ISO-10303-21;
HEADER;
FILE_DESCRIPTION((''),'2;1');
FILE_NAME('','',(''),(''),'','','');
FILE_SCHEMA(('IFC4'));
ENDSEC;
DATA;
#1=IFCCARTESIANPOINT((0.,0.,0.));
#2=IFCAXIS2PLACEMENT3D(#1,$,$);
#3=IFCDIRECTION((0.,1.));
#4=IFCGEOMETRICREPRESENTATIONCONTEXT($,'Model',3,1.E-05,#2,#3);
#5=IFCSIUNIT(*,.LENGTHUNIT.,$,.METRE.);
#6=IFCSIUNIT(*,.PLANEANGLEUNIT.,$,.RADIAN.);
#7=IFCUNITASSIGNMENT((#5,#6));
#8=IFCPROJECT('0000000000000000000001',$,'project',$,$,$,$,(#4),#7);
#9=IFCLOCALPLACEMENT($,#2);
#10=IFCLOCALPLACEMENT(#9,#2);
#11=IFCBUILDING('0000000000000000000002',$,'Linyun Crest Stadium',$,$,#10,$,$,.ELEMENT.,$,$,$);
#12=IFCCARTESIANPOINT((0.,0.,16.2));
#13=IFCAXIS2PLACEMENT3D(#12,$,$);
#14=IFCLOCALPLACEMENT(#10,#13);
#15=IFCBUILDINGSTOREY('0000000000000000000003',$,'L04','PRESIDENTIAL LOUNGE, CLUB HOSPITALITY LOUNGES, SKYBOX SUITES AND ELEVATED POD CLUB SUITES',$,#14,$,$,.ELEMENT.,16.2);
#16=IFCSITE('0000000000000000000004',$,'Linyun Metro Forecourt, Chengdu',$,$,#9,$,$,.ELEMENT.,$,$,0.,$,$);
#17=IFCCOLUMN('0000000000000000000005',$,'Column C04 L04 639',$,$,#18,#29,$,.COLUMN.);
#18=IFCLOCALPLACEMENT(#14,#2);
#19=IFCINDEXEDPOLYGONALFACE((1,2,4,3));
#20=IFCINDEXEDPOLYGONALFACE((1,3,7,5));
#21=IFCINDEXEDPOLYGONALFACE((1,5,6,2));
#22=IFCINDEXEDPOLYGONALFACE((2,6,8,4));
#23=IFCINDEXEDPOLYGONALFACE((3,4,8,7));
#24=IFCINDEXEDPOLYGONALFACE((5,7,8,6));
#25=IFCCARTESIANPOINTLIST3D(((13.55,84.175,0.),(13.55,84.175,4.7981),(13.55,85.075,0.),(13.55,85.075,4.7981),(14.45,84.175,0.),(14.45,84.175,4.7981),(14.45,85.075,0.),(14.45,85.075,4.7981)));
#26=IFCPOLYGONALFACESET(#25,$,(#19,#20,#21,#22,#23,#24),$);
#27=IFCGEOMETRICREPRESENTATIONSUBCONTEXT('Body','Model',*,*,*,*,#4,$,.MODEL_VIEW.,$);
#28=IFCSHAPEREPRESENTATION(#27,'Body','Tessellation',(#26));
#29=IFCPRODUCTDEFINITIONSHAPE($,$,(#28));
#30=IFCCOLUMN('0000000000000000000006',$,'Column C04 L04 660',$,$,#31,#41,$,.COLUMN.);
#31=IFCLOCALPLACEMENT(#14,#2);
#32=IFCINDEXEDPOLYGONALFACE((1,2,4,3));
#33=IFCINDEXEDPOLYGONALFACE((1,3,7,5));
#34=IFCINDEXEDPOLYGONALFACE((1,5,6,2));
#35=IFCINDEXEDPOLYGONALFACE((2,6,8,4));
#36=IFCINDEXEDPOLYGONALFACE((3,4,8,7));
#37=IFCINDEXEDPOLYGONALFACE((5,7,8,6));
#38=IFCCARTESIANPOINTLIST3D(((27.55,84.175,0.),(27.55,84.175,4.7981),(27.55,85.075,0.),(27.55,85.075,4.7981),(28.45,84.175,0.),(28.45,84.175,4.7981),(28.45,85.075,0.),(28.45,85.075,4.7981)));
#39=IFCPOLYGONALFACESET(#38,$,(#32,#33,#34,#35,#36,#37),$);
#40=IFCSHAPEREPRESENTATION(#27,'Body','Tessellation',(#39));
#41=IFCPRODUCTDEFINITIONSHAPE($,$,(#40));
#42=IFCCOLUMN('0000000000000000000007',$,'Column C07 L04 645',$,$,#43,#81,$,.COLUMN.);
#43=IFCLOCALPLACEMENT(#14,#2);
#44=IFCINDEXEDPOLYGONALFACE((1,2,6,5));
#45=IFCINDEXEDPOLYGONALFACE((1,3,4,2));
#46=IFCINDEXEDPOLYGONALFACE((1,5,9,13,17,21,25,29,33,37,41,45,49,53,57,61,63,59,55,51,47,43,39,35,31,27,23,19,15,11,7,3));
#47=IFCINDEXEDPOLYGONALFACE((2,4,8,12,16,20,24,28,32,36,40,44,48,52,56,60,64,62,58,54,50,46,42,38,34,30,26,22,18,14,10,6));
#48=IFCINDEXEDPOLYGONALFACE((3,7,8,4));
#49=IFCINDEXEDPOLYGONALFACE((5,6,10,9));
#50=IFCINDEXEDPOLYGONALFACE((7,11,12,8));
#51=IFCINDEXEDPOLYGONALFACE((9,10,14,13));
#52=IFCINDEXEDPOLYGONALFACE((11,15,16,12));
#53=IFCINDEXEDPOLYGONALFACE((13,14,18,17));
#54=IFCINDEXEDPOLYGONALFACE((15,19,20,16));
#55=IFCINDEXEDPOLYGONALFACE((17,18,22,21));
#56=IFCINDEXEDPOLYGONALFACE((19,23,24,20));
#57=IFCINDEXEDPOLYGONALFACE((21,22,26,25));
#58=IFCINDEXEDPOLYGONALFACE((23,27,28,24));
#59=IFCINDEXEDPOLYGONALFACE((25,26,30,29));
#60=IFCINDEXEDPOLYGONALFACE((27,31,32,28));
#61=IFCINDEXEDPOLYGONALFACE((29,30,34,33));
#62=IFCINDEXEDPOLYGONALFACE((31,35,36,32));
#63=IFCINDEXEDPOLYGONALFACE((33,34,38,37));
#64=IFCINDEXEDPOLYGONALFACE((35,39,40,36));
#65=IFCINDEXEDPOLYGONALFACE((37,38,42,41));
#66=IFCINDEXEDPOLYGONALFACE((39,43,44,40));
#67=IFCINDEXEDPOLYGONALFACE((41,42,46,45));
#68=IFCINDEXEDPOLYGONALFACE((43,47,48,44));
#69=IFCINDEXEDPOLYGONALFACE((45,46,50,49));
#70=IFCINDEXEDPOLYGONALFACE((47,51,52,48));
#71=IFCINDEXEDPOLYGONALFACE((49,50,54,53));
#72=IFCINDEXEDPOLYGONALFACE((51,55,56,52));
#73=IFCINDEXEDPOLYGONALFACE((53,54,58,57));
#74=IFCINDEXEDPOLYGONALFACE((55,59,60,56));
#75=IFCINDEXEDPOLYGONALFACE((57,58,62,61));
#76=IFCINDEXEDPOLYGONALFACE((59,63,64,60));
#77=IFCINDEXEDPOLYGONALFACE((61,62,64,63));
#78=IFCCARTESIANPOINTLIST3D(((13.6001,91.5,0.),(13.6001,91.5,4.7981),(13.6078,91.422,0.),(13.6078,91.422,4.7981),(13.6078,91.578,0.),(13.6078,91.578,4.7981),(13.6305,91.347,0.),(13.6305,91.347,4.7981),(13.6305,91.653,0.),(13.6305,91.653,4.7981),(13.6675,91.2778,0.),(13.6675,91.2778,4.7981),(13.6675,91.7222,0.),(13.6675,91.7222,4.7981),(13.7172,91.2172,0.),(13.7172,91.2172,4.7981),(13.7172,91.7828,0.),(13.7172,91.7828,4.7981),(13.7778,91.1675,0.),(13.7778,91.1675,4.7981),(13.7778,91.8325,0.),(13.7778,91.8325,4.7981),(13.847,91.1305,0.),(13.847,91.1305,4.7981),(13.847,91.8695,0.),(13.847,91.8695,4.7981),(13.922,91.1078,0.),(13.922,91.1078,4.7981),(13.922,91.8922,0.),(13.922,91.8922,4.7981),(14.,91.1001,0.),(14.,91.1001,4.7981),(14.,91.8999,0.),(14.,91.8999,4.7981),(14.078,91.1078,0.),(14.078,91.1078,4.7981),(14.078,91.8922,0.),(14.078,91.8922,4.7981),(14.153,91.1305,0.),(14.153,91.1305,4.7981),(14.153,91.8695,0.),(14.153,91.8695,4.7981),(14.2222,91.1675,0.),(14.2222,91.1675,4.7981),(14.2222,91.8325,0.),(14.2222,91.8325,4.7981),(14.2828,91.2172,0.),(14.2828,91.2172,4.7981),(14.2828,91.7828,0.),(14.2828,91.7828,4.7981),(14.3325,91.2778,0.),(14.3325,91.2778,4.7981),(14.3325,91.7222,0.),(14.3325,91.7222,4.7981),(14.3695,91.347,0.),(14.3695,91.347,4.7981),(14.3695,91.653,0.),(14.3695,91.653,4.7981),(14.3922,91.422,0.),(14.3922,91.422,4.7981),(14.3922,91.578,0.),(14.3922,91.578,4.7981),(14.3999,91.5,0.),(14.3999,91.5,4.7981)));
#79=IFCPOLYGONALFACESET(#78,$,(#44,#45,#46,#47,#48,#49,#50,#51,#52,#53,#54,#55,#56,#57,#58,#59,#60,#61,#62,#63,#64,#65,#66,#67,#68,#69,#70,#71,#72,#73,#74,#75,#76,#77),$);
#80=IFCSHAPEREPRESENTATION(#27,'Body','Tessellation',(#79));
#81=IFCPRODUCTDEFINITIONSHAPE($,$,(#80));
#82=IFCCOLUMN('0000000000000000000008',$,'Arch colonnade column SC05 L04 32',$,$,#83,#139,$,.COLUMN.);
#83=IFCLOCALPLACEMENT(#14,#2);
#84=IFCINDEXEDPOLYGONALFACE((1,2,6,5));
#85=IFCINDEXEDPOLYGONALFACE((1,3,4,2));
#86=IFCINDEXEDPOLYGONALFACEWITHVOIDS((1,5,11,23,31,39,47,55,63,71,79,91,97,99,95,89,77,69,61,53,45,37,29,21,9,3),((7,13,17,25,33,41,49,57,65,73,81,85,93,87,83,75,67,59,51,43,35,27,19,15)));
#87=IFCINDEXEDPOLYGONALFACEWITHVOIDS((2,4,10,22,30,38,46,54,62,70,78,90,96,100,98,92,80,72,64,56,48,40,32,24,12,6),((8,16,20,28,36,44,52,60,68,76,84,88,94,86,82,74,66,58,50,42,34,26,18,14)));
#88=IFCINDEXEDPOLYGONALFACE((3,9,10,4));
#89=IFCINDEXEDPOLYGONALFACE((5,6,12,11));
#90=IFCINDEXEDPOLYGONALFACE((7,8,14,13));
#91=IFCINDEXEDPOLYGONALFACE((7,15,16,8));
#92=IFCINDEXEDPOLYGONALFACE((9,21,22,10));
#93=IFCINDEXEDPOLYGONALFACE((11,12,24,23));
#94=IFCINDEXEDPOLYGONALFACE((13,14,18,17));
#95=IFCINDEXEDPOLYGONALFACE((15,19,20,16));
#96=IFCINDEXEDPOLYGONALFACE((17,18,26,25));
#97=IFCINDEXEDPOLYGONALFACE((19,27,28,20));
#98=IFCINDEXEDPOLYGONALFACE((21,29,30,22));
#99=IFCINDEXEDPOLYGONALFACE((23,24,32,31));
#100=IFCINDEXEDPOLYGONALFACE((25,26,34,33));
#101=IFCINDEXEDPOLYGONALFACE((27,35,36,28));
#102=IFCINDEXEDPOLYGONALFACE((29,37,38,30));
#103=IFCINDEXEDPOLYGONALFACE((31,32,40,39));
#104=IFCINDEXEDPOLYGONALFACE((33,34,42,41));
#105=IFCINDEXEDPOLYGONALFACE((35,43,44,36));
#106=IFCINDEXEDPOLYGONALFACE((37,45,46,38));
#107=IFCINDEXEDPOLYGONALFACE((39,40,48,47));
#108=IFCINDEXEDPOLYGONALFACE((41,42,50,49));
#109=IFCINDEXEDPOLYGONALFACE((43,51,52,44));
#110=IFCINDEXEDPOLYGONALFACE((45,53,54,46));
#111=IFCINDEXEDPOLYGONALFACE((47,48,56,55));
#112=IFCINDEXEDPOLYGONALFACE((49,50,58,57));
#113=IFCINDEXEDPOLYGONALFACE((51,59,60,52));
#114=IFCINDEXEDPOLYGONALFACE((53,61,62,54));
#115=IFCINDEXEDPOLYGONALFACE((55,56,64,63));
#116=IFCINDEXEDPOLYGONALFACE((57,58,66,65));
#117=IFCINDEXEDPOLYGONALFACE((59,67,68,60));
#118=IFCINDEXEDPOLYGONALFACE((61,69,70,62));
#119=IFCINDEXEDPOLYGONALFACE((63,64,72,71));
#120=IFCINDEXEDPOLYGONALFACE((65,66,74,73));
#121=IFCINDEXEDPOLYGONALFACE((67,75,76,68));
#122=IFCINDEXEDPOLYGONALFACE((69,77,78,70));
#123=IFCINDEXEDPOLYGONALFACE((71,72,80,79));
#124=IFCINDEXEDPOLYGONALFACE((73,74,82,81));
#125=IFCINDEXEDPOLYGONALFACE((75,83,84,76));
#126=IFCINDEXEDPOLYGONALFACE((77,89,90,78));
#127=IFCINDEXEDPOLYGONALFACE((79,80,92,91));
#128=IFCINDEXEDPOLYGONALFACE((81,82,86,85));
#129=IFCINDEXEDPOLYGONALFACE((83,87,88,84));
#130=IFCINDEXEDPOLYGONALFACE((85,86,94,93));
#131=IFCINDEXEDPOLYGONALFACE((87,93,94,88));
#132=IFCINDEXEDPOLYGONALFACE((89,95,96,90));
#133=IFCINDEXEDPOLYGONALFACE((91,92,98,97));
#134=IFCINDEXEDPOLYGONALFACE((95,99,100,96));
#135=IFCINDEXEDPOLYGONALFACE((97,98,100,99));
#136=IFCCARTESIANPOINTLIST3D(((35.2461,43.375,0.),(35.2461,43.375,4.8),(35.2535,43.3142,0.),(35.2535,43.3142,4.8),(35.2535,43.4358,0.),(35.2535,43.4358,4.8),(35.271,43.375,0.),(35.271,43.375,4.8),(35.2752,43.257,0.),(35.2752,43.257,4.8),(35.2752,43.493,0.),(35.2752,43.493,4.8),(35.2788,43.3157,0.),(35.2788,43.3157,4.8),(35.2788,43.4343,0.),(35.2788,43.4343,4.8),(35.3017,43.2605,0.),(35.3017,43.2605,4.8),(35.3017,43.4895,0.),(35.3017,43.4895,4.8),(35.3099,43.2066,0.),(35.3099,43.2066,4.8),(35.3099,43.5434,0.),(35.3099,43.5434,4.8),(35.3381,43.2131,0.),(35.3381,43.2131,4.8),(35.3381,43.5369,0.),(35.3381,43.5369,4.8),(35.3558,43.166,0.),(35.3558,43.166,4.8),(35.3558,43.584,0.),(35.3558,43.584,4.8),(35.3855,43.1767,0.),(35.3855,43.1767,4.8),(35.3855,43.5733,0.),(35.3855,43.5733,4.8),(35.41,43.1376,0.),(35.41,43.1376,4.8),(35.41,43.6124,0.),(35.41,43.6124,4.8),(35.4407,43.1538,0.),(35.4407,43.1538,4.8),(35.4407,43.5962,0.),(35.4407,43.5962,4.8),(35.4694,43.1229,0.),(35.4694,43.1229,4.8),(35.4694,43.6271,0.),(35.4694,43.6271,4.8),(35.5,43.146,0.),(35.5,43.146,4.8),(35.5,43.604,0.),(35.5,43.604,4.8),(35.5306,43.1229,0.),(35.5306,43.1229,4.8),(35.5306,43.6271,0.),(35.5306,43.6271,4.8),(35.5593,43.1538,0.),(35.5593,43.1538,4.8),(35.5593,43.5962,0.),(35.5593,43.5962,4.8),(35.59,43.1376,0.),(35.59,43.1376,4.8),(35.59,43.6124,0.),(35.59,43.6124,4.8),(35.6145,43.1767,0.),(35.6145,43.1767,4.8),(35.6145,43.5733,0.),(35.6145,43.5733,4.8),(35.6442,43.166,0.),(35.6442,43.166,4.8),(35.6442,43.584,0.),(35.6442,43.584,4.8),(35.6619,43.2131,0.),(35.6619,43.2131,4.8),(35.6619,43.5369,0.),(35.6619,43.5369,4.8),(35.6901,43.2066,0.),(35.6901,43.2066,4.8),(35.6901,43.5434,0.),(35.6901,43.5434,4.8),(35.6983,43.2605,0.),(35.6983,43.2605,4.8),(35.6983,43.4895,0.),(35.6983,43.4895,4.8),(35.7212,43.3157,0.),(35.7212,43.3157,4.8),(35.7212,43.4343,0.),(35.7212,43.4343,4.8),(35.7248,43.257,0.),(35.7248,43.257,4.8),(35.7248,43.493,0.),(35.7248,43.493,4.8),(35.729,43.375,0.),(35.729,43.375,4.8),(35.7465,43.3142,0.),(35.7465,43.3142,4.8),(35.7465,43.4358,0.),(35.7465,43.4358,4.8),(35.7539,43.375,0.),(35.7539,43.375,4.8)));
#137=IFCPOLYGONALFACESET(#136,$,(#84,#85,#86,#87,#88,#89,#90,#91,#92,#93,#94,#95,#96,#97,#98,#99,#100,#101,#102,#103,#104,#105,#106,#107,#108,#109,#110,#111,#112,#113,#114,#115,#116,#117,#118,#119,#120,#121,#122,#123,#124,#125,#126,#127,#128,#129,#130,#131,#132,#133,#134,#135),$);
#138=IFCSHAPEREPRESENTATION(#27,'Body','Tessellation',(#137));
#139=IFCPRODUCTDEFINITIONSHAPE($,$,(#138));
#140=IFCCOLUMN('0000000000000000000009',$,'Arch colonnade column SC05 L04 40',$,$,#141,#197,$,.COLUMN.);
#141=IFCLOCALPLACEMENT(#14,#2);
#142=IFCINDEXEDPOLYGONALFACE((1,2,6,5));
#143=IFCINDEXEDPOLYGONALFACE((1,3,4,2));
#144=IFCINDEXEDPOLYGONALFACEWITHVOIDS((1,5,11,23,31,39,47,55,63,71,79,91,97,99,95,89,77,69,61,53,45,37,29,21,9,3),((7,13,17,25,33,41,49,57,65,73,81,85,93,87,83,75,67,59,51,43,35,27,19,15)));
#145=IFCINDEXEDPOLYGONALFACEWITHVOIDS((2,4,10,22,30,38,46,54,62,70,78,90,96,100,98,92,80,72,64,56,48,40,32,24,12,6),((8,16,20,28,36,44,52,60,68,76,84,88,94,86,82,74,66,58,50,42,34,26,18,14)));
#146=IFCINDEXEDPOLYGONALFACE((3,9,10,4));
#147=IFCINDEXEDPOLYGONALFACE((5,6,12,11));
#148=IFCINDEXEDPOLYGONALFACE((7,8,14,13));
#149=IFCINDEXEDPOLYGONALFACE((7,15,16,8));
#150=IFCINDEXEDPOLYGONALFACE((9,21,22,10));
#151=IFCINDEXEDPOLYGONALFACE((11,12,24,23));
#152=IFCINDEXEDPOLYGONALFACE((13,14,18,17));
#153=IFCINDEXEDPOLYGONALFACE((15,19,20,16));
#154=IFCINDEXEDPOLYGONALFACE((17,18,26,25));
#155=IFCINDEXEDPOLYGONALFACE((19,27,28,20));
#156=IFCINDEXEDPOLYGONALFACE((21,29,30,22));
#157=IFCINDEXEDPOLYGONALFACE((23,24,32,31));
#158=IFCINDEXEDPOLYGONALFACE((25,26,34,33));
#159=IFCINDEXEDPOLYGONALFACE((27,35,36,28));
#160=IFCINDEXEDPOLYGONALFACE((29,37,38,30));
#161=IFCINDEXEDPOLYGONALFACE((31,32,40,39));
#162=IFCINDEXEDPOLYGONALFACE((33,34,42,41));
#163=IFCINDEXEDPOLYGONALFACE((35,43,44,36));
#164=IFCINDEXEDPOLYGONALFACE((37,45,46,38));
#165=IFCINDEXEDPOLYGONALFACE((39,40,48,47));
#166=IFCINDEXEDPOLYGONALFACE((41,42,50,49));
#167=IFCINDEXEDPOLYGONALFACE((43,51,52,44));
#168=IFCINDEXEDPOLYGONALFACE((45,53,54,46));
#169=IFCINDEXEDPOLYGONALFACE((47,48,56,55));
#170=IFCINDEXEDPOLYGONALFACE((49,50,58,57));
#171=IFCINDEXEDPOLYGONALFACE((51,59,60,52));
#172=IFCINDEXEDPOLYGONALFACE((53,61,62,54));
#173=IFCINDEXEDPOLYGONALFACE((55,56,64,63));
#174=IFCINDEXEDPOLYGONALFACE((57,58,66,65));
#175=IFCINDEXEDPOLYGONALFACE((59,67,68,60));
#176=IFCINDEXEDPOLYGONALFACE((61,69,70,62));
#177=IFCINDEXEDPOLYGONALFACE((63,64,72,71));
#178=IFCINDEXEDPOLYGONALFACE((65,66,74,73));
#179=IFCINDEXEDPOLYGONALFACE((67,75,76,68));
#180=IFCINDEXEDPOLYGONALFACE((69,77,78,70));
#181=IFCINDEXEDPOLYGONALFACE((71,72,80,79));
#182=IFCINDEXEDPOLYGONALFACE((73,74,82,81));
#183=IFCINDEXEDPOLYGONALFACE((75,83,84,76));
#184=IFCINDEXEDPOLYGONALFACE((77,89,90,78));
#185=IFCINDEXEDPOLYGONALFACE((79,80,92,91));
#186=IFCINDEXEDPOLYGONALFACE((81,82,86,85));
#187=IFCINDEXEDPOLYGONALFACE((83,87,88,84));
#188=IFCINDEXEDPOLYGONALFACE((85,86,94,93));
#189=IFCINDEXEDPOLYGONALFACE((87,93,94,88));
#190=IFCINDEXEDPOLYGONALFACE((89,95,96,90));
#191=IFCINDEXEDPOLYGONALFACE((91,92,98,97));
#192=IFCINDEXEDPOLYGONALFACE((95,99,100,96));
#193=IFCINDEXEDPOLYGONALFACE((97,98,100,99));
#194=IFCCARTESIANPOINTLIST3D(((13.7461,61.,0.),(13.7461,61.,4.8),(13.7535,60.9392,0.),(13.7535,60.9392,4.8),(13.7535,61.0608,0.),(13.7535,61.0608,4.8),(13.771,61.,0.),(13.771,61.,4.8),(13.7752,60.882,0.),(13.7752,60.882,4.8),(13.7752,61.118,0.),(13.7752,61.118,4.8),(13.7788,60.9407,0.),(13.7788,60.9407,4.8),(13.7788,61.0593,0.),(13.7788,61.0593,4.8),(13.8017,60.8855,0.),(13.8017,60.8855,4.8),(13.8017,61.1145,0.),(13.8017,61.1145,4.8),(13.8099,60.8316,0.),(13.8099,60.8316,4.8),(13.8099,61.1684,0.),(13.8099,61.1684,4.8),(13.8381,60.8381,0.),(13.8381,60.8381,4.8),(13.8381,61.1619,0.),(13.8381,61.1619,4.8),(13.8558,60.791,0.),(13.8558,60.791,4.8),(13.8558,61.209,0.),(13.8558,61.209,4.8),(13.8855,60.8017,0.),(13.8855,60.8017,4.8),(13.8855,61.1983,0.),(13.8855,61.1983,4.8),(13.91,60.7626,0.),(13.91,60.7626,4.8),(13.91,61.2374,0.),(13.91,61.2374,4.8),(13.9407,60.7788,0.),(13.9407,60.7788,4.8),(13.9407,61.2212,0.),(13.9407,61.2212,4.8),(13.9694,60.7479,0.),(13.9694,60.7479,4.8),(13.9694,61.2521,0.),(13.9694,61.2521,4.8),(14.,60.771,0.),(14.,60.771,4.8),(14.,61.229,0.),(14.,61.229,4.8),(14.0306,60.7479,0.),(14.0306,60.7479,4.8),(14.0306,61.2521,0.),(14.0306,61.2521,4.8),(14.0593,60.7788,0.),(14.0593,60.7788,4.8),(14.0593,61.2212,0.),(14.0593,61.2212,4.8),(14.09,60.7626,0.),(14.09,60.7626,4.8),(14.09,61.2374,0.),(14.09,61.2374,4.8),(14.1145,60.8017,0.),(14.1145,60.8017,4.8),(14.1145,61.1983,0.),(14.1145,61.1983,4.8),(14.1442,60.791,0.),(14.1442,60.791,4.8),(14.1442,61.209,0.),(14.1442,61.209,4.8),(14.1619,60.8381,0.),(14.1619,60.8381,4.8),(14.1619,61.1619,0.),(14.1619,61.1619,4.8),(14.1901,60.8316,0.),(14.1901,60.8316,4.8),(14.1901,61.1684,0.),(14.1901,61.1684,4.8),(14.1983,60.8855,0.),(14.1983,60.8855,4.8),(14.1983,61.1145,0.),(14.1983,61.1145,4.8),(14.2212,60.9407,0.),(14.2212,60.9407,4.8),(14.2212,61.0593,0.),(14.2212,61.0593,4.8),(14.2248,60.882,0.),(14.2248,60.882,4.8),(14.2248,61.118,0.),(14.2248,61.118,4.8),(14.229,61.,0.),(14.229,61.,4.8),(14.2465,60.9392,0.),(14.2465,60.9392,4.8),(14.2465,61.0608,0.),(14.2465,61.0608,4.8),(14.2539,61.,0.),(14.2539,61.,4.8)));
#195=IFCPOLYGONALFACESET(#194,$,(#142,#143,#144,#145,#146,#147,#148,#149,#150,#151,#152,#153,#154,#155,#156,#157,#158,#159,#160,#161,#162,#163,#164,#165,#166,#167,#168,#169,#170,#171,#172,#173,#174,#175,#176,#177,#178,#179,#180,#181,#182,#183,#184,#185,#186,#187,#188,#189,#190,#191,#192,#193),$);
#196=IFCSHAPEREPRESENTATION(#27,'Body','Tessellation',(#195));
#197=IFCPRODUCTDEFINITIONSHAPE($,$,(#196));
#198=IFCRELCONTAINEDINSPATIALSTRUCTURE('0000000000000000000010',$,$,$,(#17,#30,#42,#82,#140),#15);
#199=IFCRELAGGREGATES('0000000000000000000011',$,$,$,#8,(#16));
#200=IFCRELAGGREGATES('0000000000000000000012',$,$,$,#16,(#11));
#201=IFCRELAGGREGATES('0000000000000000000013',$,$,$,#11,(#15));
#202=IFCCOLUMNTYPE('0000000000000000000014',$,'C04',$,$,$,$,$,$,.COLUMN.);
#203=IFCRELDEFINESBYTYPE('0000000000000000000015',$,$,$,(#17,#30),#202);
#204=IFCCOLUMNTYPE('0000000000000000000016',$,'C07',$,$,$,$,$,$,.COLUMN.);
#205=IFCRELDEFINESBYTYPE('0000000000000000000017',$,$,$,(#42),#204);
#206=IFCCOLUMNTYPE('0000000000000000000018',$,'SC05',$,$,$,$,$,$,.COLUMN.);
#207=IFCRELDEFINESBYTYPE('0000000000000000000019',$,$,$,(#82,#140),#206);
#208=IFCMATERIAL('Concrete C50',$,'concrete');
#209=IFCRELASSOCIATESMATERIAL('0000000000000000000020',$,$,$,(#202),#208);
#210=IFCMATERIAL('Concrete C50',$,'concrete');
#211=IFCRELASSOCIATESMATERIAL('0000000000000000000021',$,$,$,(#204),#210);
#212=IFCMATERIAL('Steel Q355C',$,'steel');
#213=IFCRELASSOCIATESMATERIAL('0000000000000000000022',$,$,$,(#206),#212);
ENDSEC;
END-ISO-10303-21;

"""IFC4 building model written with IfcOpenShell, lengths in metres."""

from ifc_helpers import new_model, si_unit, direction, frame, origin, origin_2d, place, context, subcontext, project, spatial, rectangle, circle, hollow_circle, extrude, material, material_profile, profile_set, type_object, element, save


model = new_model("IFC4")

# Units and contexts
model_context = context("Model", 3, precision=1e-05, world=origin(), true_north=direction((0.0, 1.0)))
body_context = subcontext(model_context, "Body", "Model", "MODEL_VIEW")
ifc_project = project(units=[si_unit("LENGTHUNIT", "METRE"), si_unit("PLANEANGLEUNIT", "RADIAN")], contexts=[model_context])

# Site, building, storey
site_placement = place(None, origin())
site = spatial("IfcSite", under=ifc_project, at=site_placement, Name="Linyun Metro Forecourt, Chengdu", CompositionType="ELEMENT", RefElevation=0.0)
building_placement = place(site_placement, origin())
building = spatial("IfcBuilding", under=site, at=building_placement, Name="Linyun Crest Stadium", CompositionType="ELEMENT")
storey_placement = place(building_placement, frame((0.0, 0.0, 16.2)))
storey = spatial("IfcBuildingStorey", under=building, at=storey_placement, Name="L04", Description="PRESIDENTIAL LOUNGE, CLUB HOSPITALITY LOUNGES, SKYBOX SUITES AND ELEVATED POD CLUB SUITES", CompositionType="ELEMENT", Elevation=16.2)

# Columns
ifc_material_1 = material(Name="Concrete C50", Category="concrete")
ifc_material_profile_1 = material_profile(ifc_material_1, rectangle(XDim=0.8999, YDim=0.8999, at=origin_2d()), Name="RC 900x900")
ifc_profile_set_1 = profile_set([ifc_material_profile_1], Name="Concrete C50")
column_type_1 = type_object("IfcColumnType", Name="C04", PredefinedType="COLUMN", material=ifc_profile_set_1)
for number, where, z_axis, x_axis, name in (
    (1, (14.0, 84.625, 0.0), (0.0, 0.0, 1.0), (1.0, 0.0, 0.0), "Column C04 L04 639"),
    (2, (28.0, 84.625, 0.0), (0.0, 0.0, 1.0), (1.0, 0.0, 0.0), "Column C04 L04 660"),
):
    element("IfcColumn", number, at=place(storey_placement, frame(where, z_axis=z_axis, x_axis=x_axis)), inside=storey, type_object=column_type_1, Name=name, PredefinedType="COLUMN", context=body_context, shape_type="SweptSolid", body=[
        extrude(rectangle(XDim=0.8999, YDim=0.8999, at=origin_2d()), origin(), (0.0, 0.0, 1.0), 4.7981),
    ])
ifc_material_2 = material(Name="Concrete C50", Category="concrete")
ifc_material_profile_2 = material_profile(ifc_material_2, circle(Radius=0.3999, at=origin_2d()), Name="RC D800")
ifc_profile_set_2 = profile_set([ifc_material_profile_2], Name="Concrete C50")
column_type_2 = type_object("IfcColumnType", Name="C07", PredefinedType="COLUMN", material=ifc_profile_set_2)
column_placement = place(storey_placement, frame((14.0, 91.5, 0.0), z_axis=(0.0, 0.0, 1.0), x_axis=(1.0, 0.0, 0.0)))
element("IfcColumn", 3, at=column_placement, inside=storey, type_object=column_type_2, Name="Column C07 L04 645", PredefinedType="COLUMN", context=body_context, shape_type="SweptSolid", body=[
    extrude(circle(Radius=0.3999, at=origin_2d()), origin(), (0.0, 0.0, 1.0), 4.7981),
])
ifc_material_3 = material(Name="Steel Q355C", Category="steel")
ifc_material_profile_3 = material_profile(ifc_material_3, hollow_circle(Radius=0.2539, WallThickness=0.0249, at=origin_2d()), Name="CHS 508x25")
ifc_profile_set_3 = profile_set([ifc_material_profile_3], Name="Steel Q355C")
column_type_3 = type_object("IfcColumnType", Name="SC05", PredefinedType="COLUMN", material=ifc_profile_set_3)
for number, where, z_axis, x_axis, name in (
    (4, (35.5, 43.375, 0.0), (0.0, 0.0, 1.0), (1.0, 0.0, 0.0), "Arch colonnade column SC05 L04 32"),
    (5, (14.0, 61.0, 0.0), (0.0, 0.0, 1.0), (1.0, 0.0, 0.0), "Arch colonnade column SC05 L04 40"),
):
    element("IfcColumn", number, at=place(storey_placement, frame(where, z_axis=z_axis, x_axis=x_axis)), inside=storey, type_object=column_type_3, Name=name, PredefinedType="COLUMN", context=body_context, shape_type="SweptSolid", body=[
        extrude(hollow_circle(Radius=0.2539, WallThickness=0.0249, at=origin_2d()), origin(), (0.0, 0.0, 1.0), 4.8),
    ])

save(model, "model.ifc")
